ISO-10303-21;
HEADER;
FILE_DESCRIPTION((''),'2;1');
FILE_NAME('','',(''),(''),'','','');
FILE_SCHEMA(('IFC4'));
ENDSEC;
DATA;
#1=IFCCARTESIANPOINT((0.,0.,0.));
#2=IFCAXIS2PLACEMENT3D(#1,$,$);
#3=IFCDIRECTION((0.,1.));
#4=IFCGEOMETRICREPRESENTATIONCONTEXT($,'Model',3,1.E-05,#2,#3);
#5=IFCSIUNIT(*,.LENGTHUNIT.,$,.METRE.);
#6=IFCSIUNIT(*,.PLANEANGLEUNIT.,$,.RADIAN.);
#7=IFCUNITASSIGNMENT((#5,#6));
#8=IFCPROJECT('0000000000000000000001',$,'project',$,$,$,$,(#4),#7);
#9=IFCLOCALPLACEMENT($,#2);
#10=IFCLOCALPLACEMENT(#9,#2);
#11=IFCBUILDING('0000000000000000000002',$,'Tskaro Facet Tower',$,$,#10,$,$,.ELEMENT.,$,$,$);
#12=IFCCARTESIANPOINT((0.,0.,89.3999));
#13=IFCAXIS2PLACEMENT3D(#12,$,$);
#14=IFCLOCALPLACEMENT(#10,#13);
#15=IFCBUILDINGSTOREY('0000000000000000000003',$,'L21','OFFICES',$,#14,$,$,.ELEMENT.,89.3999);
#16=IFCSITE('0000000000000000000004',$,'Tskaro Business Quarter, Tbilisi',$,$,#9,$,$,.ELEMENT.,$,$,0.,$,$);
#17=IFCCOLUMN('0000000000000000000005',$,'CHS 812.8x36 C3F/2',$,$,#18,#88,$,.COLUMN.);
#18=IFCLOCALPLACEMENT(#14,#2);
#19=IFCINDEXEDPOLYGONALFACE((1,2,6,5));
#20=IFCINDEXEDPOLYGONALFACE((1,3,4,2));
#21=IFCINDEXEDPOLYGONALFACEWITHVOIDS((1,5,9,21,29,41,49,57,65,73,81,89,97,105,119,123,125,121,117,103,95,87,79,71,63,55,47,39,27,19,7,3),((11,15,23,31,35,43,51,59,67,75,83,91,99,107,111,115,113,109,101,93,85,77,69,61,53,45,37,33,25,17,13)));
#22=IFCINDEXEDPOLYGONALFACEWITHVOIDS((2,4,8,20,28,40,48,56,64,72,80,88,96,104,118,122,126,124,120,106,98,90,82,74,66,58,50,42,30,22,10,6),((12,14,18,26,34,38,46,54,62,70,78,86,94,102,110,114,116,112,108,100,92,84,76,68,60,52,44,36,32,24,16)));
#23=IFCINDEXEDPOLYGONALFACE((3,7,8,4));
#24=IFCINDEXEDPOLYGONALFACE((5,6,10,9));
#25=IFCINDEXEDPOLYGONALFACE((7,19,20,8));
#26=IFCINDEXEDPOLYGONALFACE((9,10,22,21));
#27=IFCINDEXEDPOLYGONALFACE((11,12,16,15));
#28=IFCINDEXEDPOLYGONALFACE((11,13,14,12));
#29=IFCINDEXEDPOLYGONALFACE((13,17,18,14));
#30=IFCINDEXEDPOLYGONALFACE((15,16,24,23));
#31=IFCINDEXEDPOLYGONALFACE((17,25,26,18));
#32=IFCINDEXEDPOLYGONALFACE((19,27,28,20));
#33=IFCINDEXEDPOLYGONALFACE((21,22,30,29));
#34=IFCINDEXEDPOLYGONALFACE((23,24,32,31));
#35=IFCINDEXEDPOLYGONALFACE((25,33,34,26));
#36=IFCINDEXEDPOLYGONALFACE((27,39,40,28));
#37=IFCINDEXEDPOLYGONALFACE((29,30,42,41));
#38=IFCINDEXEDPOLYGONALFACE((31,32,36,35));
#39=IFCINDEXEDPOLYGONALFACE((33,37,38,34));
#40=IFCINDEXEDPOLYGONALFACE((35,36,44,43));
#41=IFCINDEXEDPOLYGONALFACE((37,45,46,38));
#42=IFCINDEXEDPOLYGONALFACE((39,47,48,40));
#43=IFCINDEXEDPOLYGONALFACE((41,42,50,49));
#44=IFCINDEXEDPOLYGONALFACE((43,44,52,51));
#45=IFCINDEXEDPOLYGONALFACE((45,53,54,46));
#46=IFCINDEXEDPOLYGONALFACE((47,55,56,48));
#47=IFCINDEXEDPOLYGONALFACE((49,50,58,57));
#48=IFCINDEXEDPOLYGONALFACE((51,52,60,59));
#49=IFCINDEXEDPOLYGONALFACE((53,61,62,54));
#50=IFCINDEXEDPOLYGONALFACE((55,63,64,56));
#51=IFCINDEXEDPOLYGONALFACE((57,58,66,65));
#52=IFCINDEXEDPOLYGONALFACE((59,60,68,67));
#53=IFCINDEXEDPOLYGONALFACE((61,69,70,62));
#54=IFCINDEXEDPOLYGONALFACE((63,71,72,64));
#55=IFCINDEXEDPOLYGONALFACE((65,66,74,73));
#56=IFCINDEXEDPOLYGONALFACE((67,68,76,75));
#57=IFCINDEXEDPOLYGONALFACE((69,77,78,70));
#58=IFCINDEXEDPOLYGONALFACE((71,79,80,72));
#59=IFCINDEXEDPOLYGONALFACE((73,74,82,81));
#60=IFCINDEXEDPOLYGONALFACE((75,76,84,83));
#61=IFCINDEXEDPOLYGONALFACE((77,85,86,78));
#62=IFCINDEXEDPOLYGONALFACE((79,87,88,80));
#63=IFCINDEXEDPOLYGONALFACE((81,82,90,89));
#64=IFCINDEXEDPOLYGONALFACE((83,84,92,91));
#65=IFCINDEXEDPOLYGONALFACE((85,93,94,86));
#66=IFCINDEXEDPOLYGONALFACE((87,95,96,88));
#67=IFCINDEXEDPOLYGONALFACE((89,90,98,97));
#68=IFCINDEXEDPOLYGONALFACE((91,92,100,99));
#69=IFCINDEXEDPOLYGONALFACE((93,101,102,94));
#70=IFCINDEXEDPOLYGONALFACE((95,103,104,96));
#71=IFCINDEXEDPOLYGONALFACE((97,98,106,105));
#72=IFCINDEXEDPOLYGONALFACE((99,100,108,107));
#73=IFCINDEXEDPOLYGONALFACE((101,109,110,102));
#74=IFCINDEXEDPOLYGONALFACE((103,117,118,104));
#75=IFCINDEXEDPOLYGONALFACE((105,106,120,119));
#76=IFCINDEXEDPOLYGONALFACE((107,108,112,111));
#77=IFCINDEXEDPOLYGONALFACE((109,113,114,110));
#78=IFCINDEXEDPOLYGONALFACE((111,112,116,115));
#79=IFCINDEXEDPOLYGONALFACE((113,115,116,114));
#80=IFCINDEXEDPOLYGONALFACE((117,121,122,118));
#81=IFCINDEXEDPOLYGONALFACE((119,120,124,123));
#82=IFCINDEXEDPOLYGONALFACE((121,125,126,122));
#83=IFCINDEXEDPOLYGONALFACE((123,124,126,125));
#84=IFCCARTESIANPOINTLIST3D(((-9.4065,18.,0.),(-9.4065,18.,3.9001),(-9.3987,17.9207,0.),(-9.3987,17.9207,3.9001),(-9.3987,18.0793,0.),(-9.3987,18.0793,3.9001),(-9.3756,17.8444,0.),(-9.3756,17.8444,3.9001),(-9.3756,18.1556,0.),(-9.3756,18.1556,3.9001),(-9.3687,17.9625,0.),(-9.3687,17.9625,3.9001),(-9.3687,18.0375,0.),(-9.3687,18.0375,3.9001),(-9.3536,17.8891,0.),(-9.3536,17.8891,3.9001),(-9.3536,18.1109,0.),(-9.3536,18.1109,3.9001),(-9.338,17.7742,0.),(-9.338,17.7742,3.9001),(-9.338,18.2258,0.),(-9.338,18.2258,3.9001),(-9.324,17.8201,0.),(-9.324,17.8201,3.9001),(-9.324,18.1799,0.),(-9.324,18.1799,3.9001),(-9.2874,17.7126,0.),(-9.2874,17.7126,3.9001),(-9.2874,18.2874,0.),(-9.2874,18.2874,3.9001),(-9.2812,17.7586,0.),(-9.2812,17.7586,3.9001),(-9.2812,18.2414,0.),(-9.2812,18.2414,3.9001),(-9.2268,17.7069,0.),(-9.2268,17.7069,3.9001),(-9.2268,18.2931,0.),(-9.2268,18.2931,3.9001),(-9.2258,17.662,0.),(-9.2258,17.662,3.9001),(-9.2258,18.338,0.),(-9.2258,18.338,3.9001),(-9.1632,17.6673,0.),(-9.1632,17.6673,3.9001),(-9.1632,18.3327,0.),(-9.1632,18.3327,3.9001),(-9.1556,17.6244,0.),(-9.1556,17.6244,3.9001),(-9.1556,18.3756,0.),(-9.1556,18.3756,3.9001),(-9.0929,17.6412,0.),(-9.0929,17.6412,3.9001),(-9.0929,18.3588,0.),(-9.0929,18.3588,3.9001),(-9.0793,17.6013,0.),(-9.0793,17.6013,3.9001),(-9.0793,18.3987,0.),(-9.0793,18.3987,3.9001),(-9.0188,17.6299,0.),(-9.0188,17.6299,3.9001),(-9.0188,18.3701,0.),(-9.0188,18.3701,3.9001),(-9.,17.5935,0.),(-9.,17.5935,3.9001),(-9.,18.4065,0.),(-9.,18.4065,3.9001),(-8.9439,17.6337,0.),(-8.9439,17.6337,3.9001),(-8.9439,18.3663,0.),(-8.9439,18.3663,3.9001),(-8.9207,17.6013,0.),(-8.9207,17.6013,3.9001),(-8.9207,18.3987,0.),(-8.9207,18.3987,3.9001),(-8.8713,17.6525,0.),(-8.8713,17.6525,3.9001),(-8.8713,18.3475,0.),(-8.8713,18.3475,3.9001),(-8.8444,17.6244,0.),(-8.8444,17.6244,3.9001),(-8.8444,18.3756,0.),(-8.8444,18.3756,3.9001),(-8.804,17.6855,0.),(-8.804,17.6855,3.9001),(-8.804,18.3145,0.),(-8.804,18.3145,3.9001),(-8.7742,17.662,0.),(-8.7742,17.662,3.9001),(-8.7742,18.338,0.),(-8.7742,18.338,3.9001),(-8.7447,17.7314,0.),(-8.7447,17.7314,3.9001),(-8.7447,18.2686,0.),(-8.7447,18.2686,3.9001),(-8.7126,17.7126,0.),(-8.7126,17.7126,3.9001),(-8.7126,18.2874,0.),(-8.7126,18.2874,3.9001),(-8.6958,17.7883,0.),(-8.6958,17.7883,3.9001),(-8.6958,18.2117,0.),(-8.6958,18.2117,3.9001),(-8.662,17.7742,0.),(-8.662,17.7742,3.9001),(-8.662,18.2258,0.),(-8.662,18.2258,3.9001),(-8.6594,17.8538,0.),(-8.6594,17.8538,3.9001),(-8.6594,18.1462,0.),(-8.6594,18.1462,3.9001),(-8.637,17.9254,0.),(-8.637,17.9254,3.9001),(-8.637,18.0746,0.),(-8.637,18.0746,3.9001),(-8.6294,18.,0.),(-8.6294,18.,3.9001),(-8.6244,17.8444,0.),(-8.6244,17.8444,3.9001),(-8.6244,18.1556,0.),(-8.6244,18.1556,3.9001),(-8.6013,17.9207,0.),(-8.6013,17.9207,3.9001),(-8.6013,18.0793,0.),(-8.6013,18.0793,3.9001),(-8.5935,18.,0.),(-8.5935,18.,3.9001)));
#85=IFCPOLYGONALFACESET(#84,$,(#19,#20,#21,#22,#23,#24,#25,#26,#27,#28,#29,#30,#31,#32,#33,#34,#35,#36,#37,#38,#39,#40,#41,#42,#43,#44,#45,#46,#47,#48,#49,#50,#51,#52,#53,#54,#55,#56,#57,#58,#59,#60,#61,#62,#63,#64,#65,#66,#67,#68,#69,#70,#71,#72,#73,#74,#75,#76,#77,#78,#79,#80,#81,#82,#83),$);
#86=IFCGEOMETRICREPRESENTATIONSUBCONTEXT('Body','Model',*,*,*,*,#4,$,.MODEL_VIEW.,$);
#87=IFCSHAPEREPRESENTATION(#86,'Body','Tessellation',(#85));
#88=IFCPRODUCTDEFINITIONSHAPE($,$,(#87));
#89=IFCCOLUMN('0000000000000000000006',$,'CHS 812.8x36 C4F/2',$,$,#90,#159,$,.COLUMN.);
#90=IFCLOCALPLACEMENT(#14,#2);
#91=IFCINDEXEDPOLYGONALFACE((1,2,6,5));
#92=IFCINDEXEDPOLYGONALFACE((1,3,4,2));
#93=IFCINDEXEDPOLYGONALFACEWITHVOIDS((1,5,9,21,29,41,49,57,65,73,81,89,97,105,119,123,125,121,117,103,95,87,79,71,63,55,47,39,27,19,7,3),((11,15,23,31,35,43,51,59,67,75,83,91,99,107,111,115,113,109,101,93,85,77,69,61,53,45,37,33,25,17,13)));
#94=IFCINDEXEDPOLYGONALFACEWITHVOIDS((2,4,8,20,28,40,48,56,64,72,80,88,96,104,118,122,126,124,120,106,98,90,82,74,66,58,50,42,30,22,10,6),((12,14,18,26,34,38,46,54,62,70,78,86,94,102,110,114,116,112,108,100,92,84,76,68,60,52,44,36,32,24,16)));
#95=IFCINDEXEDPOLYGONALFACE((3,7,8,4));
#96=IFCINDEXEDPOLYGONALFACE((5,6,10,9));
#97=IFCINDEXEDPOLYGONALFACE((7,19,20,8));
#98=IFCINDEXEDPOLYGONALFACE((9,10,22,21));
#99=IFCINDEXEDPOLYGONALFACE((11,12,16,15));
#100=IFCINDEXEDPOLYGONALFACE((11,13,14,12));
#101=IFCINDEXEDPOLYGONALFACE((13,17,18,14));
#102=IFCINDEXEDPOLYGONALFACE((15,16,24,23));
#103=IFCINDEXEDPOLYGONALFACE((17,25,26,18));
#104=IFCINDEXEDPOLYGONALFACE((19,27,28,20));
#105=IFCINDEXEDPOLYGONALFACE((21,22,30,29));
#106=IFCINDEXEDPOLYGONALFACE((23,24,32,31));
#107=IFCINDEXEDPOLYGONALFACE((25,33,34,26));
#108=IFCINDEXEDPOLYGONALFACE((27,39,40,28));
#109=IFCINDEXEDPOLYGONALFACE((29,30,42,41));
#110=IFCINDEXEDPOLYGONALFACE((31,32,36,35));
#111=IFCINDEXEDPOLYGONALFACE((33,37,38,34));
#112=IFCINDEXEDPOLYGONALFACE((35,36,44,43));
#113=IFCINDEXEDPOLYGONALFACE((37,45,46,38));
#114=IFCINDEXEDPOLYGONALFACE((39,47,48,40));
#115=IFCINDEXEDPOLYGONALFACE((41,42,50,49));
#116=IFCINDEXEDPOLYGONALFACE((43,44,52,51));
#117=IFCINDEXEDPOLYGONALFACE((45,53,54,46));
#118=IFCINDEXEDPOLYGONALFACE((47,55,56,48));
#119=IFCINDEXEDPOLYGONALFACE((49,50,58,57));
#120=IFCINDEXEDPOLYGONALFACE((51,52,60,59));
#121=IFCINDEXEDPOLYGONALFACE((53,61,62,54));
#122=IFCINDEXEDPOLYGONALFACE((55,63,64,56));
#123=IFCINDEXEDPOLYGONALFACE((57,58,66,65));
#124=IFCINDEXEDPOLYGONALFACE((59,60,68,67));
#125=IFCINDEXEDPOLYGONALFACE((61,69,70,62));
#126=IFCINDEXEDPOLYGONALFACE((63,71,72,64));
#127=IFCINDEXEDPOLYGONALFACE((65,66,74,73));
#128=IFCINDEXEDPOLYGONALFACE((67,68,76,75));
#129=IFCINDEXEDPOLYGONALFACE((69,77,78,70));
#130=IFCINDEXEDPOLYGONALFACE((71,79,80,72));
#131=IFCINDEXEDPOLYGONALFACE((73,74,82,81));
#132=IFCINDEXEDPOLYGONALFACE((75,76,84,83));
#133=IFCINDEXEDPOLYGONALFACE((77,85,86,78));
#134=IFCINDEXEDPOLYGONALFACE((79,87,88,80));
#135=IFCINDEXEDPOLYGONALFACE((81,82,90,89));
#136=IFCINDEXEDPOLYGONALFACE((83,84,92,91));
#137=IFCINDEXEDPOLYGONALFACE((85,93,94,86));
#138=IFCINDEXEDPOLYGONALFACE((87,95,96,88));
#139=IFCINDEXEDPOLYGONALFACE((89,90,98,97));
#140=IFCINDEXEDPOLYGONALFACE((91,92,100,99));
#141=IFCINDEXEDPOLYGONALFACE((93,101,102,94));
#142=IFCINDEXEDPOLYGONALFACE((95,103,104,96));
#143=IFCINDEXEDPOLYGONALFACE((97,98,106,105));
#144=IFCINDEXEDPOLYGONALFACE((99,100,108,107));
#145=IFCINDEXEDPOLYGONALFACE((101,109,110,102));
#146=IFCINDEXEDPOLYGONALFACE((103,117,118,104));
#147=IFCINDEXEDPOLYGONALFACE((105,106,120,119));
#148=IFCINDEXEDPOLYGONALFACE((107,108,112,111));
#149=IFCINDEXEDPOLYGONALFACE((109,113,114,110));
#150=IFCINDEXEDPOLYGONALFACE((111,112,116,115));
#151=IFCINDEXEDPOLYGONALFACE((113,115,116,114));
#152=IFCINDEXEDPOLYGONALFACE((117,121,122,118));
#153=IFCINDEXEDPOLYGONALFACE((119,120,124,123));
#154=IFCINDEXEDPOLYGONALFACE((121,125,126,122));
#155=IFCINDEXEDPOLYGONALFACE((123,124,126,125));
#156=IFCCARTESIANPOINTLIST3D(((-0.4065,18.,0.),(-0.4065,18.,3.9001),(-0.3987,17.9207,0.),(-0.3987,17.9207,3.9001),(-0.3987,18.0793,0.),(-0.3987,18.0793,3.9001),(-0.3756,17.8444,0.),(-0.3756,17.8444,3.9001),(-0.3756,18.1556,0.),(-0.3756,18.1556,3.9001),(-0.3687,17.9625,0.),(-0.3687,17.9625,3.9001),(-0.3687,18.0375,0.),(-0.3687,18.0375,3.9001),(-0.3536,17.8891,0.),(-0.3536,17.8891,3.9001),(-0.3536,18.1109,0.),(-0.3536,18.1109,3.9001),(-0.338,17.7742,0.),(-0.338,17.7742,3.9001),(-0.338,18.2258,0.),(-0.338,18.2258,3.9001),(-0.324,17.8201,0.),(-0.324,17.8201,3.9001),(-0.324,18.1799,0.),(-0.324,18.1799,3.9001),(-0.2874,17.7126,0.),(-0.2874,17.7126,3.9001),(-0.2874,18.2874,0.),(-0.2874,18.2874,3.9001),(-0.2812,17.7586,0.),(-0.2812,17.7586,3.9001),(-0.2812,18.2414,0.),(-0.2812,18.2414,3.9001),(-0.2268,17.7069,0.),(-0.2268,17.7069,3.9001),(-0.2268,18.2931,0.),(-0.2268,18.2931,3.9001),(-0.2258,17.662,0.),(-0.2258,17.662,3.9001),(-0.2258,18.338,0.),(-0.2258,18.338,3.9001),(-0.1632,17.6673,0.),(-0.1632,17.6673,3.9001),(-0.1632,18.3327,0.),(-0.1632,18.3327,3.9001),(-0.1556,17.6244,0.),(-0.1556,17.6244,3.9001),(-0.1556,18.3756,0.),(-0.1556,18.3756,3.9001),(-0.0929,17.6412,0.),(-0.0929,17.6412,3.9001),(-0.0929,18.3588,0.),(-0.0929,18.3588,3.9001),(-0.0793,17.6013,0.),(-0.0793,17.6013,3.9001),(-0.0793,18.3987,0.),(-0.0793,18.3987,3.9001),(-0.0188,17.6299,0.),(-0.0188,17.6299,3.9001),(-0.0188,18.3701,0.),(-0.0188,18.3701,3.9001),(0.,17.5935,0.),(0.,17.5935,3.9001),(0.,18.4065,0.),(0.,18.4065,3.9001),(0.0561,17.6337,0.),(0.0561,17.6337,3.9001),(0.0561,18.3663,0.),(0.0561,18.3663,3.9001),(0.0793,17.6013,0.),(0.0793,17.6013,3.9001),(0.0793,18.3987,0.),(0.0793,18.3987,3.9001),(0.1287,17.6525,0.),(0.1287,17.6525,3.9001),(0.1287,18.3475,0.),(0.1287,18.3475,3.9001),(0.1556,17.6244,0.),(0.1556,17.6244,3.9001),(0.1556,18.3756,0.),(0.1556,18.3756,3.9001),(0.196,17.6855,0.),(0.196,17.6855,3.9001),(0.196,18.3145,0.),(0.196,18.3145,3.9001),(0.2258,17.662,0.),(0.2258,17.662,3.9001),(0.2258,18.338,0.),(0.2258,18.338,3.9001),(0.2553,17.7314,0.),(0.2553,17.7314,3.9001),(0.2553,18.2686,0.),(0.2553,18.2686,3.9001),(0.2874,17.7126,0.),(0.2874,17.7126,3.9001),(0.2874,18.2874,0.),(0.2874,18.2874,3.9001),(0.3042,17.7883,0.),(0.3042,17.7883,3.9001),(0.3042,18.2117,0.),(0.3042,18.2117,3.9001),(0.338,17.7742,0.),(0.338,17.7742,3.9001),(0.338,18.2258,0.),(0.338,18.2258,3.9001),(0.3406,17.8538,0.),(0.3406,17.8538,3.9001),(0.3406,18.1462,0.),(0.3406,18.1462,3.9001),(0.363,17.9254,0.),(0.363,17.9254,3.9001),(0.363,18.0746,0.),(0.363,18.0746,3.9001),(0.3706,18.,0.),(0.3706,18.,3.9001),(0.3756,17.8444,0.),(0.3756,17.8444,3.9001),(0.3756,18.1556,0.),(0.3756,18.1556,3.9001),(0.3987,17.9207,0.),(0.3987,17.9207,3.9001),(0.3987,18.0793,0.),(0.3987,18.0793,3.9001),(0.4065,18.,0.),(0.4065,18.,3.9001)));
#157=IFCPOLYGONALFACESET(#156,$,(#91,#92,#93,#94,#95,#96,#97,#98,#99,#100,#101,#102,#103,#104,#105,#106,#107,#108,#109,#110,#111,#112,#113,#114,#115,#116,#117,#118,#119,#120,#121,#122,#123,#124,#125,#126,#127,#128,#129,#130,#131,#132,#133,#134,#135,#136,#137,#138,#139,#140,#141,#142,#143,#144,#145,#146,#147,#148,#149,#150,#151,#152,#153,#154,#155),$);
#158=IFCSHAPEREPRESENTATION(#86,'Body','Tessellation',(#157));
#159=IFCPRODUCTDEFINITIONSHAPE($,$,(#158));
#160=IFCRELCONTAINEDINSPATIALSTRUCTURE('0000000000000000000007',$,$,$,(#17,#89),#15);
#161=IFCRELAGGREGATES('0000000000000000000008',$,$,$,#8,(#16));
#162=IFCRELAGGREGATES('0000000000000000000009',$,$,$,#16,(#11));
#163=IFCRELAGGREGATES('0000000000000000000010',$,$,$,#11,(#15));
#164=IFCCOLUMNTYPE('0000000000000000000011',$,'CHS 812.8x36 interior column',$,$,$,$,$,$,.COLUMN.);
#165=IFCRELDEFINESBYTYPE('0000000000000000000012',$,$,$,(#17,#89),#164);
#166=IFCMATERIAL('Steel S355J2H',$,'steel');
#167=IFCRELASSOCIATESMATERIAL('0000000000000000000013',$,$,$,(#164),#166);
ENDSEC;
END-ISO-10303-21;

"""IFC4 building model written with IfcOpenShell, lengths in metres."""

from ifc_helpers import new_model, si_unit, direction, frame, origin, origin_2d, place, context, subcontext, project, spatial, hollow_circle, extrude, material, material_profile, profile_set, type_object, element, save


model = new_model("IFC4")

# Units and contexts
model_context = context("Model", 3, precision=1e-05, world=origin(), true_north=direction((0.0, 1.0)))
body_context = subcontext(model_context, "Body", "Model", "MODEL_VIEW")
ifc_project = project(units=[si_unit("LENGTHUNIT", "METRE"), si_unit("PLANEANGLEUNIT", "RADIAN")], contexts=[model_context])

# Site, building, storey
site_placement = place(None, origin())
site = spatial("IfcSite", under=ifc_project, at=site_placement, Name="Tskaro Business Quarter, Tbilisi", CompositionType="ELEMENT", RefElevation=0.0)
building_placement = place(site_placement, origin())
building = spatial("IfcBuilding", under=site, at=building_placement, Name="Tskaro Facet Tower", CompositionType="ELEMENT")
storey_placement = place(building_placement, frame((0.0, 0.0, 89.3999)))
storey = spatial("IfcBuildingStorey", under=building, at=storey_placement, Name="L21", Description="OFFICES", CompositionType="ELEMENT", Elevation=89.3999)

# Columns
ifc_material_1 = material(Name="Steel S355J2H", Category="steel")
ifc_material_profile_1 = material_profile(ifc_material_1, hollow_circle(Radius=0.4065, WallThickness=0.0359, at=origin_2d()), Name="CHS 812.8x36")
ifc_profile_set_1 = profile_set([ifc_material_profile_1], Name="Steel S355J2H")
column_type_1 = type_object("IfcColumnType", Name="CHS 812.8x36 interior column", PredefinedType="COLUMN", material=ifc_profile_set_1)
for number, where, z_axis, x_axis, name in (
    (1, (-9.0, 18.0, 0.0), (0.0, 0.0, 1.0), (1.0, 0.0, 0.0), "CHS 812.8x36 C3F/2"),
    (2, (0.0, 18.0, 0.0), (0.0, 0.0, 1.0), (1.0, 0.0, 0.0), "CHS 812.8x36 C4F/2"),
):
    element("IfcColumn", number, at=place(storey_placement, frame(where, z_axis=z_axis, x_axis=x_axis)), inside=storey, type_object=column_type_1, Name=name, PredefinedType="COLUMN", context=body_context, shape_type="SweptSolid", body=[
        extrude(hollow_circle(Radius=0.4065, WallThickness=0.0359, at=origin_2d()), origin(), (0.0, 0.0, 1.0), 3.9001),
    ])

save(model, "model.ifc")
